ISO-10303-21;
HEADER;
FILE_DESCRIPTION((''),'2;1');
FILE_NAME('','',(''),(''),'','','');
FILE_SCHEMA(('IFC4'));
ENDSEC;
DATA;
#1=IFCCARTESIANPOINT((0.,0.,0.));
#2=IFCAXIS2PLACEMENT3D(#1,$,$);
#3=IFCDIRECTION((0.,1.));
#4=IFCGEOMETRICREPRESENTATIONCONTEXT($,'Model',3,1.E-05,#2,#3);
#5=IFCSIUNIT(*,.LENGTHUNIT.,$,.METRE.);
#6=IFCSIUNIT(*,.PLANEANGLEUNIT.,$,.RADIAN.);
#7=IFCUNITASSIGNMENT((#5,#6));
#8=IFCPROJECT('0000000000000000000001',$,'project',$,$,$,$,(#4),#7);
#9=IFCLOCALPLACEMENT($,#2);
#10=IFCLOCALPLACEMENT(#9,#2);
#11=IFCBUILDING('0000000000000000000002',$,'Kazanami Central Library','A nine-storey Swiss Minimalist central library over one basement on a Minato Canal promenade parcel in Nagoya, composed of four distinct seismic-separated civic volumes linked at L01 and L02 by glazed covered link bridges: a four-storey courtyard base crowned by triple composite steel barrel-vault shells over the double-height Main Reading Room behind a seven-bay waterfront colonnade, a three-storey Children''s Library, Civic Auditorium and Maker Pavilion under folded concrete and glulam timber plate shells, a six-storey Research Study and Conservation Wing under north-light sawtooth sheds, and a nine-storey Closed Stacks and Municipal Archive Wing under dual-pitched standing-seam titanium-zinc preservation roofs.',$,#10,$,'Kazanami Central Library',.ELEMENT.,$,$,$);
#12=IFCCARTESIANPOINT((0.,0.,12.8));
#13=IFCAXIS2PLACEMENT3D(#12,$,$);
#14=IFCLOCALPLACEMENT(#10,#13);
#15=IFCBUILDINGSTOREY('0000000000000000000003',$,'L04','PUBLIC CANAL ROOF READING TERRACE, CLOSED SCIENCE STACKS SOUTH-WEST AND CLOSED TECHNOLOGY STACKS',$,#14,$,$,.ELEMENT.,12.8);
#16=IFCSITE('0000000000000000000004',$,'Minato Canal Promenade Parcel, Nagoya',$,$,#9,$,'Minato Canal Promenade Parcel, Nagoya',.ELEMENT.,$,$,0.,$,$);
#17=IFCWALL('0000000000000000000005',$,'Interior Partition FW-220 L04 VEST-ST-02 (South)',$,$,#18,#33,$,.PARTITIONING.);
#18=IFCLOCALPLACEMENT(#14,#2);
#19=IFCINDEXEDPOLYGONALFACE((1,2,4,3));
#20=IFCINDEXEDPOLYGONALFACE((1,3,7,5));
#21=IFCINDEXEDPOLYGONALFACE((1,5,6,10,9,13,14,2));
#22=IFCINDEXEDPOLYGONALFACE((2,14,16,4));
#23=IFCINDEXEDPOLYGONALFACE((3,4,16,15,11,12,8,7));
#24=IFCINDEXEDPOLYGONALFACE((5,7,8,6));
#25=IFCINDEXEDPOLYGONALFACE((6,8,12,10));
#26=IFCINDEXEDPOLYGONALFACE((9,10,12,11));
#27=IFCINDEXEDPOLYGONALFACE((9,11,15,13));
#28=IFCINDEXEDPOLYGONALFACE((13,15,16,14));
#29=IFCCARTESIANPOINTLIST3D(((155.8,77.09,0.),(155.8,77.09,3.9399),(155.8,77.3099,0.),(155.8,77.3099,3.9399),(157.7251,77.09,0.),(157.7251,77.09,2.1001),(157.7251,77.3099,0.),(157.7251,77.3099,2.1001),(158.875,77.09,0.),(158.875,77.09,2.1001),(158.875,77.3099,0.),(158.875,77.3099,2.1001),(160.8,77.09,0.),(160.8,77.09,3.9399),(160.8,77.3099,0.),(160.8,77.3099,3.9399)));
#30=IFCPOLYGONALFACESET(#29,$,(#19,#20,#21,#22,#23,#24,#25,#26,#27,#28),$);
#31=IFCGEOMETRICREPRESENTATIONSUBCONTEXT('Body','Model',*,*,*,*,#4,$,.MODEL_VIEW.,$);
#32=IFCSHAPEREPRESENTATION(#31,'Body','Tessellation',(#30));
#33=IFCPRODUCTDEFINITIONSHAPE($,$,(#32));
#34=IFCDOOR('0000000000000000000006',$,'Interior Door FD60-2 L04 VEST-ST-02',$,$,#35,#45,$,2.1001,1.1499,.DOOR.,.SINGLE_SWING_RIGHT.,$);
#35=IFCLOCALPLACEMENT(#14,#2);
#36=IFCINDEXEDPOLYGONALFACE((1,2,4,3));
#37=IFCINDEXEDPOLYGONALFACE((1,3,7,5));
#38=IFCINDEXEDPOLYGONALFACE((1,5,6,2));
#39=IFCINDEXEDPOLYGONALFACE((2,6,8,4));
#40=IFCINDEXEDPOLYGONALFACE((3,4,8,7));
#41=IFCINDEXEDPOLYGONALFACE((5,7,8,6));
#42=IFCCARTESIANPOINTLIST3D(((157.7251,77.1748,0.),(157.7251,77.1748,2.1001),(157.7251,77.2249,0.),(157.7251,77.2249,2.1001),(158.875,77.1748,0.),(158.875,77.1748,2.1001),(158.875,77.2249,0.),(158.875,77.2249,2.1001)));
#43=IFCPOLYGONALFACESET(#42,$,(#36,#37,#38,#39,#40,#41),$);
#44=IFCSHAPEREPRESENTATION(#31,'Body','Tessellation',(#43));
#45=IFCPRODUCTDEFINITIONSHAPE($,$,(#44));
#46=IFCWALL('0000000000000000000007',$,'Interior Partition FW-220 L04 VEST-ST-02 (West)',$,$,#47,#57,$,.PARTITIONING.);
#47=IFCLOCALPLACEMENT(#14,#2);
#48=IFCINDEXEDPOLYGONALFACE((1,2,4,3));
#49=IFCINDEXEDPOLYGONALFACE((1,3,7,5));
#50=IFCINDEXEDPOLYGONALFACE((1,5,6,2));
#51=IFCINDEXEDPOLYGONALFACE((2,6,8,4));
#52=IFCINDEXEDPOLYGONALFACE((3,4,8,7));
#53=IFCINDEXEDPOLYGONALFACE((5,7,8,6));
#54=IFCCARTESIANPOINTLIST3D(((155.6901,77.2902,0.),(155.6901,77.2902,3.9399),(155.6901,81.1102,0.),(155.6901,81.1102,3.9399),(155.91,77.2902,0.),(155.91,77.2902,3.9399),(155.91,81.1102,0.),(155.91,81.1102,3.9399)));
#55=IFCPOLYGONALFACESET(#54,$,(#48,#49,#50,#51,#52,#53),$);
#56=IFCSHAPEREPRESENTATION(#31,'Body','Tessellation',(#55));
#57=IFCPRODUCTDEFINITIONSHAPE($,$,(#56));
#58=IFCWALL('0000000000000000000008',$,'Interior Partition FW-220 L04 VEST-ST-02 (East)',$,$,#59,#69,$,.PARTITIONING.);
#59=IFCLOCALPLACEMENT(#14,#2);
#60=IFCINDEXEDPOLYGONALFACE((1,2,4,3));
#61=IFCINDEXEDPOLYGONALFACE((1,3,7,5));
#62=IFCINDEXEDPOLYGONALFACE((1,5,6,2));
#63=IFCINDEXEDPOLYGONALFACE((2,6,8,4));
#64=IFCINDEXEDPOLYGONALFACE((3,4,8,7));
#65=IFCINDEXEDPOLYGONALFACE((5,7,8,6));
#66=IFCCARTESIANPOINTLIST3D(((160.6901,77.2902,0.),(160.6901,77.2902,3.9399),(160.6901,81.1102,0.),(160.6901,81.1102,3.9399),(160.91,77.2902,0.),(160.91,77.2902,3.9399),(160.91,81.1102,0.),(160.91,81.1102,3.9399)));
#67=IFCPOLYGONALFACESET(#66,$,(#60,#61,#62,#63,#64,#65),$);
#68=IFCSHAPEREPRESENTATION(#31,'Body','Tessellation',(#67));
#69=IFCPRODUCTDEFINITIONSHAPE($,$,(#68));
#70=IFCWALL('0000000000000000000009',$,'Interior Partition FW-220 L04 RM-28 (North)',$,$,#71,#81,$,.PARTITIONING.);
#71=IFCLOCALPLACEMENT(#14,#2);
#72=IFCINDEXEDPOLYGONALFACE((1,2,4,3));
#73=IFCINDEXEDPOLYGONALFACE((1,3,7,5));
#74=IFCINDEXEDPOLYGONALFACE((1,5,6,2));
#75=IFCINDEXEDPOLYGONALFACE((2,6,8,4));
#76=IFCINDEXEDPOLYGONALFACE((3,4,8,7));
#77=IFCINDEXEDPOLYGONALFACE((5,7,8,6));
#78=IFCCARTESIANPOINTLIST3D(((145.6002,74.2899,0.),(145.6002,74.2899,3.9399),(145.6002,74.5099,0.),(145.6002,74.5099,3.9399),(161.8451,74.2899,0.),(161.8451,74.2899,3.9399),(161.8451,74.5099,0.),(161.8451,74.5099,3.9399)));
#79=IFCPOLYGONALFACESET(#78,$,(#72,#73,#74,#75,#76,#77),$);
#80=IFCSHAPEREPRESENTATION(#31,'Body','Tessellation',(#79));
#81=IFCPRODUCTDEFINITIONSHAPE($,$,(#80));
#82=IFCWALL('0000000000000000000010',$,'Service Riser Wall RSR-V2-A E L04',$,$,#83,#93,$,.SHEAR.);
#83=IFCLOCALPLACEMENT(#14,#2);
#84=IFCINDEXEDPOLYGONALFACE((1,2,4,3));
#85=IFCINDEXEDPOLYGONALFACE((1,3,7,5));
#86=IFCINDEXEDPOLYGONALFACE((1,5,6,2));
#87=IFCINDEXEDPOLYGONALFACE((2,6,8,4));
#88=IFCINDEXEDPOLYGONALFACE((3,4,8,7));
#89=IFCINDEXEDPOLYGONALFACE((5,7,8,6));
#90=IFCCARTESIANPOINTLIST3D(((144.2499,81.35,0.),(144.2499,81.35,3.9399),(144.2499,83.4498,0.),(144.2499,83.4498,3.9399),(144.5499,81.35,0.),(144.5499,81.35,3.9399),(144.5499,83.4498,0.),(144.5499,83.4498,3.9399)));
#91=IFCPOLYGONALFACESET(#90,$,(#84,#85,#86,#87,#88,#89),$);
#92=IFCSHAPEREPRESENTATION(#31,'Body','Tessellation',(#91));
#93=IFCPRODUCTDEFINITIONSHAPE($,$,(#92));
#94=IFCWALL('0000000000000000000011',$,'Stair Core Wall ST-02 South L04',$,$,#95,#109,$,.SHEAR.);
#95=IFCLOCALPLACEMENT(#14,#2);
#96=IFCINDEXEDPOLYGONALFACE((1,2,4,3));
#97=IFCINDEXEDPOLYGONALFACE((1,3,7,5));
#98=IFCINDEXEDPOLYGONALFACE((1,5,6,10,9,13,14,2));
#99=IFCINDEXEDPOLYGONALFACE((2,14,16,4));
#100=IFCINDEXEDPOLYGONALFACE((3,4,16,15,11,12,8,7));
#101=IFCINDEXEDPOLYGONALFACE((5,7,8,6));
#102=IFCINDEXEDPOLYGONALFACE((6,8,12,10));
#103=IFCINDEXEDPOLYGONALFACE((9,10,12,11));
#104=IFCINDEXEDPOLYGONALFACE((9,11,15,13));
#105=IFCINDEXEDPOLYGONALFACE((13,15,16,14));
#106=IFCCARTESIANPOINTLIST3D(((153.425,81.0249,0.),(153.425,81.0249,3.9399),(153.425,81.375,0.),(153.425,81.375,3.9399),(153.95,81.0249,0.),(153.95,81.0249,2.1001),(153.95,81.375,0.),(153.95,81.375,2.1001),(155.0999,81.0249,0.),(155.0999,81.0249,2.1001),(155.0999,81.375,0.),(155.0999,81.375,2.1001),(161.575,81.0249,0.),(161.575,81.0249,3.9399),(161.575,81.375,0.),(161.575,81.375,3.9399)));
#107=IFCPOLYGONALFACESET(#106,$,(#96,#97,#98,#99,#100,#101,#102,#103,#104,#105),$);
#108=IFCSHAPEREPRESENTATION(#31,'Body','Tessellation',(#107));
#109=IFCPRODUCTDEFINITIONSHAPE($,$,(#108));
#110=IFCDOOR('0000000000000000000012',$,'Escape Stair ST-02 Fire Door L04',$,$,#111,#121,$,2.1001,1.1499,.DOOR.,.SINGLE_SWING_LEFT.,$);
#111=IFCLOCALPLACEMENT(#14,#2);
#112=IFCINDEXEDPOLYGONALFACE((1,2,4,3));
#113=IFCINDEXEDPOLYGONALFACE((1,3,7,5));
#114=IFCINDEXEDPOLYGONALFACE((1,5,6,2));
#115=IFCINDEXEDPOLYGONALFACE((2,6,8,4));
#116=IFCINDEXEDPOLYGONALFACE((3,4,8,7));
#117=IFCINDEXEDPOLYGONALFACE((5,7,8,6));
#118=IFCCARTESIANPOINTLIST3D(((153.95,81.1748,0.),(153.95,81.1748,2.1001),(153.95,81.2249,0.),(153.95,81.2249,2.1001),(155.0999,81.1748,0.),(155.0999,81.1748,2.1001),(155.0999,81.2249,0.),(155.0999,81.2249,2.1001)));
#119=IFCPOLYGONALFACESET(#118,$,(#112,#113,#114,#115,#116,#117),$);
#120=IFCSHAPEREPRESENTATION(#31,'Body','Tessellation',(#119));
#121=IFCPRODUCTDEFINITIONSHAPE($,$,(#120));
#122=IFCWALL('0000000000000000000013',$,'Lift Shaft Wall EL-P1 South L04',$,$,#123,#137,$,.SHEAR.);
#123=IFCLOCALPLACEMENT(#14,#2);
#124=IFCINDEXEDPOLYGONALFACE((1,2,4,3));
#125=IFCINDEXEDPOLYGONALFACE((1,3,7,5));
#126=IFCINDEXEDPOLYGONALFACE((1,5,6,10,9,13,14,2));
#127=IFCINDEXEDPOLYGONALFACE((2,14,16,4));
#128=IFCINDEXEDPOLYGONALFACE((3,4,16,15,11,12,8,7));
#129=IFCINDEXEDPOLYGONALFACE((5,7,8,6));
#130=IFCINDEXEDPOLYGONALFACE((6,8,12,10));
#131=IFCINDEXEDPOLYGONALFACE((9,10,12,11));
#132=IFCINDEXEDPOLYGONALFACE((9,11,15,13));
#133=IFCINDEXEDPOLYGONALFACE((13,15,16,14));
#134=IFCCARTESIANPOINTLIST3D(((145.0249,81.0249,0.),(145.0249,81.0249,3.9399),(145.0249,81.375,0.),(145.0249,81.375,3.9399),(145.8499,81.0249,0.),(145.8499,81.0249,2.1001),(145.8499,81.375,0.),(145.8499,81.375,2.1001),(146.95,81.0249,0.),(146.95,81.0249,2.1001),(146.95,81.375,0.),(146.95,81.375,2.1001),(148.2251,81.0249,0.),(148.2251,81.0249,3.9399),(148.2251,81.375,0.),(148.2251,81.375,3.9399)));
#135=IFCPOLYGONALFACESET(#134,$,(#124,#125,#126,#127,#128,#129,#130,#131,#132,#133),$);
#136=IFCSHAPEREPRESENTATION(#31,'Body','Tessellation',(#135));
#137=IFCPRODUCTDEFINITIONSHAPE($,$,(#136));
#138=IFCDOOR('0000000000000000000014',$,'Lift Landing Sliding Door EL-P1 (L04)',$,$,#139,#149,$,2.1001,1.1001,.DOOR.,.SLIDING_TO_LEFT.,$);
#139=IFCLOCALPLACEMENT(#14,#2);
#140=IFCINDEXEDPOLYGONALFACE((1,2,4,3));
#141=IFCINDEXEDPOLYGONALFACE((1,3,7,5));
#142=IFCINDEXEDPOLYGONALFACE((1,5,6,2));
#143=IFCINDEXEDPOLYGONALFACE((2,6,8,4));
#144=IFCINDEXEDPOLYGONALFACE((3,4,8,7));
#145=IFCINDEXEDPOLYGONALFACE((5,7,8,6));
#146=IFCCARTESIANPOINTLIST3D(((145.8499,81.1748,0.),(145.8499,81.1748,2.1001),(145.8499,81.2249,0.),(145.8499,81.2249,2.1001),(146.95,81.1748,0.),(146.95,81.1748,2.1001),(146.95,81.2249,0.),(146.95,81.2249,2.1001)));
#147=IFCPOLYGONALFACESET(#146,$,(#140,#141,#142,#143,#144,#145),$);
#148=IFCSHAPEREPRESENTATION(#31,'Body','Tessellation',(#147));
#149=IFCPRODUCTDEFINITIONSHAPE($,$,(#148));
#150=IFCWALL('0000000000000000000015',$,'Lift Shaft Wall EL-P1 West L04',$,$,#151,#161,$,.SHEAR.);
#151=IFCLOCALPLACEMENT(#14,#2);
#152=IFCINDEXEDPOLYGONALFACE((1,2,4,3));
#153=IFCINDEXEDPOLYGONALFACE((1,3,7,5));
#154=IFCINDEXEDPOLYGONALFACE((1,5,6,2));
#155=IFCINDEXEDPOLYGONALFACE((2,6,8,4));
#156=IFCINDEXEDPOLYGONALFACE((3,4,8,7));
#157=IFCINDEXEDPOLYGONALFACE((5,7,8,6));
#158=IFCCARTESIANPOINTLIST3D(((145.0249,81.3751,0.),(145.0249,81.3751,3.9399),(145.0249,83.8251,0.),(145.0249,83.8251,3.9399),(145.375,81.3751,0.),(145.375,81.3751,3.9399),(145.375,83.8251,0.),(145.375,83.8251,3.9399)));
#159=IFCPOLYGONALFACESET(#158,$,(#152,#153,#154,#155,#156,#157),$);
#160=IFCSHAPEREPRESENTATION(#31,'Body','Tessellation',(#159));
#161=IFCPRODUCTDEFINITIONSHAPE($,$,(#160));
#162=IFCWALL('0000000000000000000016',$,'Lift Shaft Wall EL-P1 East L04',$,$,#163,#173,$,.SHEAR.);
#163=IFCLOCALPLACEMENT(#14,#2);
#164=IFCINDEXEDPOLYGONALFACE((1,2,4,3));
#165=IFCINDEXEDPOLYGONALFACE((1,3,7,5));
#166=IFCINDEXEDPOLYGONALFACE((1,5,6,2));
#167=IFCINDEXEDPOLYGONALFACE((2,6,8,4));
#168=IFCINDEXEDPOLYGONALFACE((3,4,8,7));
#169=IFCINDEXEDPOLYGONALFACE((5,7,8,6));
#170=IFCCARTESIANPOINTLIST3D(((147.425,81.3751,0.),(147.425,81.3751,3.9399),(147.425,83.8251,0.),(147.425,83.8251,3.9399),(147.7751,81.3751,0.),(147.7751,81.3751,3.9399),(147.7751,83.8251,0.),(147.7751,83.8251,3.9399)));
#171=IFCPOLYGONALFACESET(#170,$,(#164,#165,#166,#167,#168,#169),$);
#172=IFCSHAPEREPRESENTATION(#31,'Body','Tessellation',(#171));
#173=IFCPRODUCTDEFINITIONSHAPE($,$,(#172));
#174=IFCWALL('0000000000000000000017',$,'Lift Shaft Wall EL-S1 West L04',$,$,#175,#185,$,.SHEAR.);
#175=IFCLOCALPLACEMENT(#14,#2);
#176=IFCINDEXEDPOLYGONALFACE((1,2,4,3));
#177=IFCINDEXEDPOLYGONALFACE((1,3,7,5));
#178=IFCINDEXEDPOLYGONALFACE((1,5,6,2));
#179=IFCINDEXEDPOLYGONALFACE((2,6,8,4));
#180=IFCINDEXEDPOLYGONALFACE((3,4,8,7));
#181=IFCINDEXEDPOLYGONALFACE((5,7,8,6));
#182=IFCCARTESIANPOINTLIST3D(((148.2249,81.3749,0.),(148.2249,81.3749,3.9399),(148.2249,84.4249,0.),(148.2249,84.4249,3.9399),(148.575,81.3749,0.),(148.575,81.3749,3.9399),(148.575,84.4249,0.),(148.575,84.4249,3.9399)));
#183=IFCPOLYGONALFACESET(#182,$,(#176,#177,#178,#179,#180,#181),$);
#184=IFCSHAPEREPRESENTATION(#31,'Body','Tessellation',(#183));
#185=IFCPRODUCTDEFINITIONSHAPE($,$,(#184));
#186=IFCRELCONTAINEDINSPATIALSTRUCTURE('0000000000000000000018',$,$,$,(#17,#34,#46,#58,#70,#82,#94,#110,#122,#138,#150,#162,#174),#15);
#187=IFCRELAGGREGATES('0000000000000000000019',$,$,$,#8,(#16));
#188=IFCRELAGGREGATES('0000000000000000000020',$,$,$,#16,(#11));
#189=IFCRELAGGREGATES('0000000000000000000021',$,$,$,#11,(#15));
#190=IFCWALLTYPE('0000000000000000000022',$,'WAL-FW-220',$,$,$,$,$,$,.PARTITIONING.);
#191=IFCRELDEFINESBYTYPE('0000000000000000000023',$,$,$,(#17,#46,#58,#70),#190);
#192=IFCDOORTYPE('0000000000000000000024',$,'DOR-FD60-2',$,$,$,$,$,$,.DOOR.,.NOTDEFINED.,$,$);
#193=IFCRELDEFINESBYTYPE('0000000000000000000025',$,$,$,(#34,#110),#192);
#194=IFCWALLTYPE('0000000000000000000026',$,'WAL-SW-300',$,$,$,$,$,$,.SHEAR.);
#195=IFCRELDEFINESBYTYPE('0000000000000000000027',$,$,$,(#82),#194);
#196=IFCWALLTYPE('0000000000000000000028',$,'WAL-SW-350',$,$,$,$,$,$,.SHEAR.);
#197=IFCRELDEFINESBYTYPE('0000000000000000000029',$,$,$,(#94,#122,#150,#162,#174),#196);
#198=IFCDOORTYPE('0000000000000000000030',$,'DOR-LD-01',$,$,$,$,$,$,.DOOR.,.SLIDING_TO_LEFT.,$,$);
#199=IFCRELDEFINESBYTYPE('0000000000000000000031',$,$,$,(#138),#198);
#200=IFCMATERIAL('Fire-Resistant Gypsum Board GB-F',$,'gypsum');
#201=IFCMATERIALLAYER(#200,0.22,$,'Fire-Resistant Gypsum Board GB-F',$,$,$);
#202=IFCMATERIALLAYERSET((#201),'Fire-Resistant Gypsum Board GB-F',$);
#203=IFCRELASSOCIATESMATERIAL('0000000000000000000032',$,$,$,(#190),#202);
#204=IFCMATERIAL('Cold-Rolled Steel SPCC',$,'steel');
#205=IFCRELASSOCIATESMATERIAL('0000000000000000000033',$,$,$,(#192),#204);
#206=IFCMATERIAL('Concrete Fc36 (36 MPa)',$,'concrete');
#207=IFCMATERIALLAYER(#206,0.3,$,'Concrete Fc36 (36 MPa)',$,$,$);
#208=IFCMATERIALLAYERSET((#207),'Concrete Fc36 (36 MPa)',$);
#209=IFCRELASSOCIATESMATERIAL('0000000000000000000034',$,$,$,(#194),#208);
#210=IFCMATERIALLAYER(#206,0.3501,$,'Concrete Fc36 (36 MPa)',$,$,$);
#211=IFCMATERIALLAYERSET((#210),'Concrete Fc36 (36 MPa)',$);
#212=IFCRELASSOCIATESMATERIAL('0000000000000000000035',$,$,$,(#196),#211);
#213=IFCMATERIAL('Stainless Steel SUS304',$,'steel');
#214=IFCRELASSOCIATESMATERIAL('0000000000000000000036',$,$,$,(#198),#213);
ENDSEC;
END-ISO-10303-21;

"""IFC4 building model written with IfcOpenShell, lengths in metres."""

from ifc_helpers import new_model, si_unit, direction, frame, frame_2d, origin, place, context, subcontext, project, spatial, rectangle, extrude, material, layer, layer_set, type_object, element, fill, save


model = new_model("IFC4")

# Units and contexts
model_context = context("Model", 3, precision=1e-05, world=origin(), true_north=direction((0.0, 1.0)))
body_context = subcontext(model_context, "Body", "Model", "MODEL_VIEW")
ifc_project = project(units=[si_unit("LENGTHUNIT", "METRE"), si_unit("PLANEANGLEUNIT", "RADIAN")], contexts=[model_context])

# Site, building, storey
site_placement = place(None, origin())
site = spatial("IfcSite", under=ifc_project, at=site_placement, Name="Minato Canal Promenade Parcel, Nagoya", LongName="Minato Canal Promenade Parcel, Nagoya", CompositionType="ELEMENT", RefElevation=0.0)
building_placement = place(site_placement, origin())
building = spatial("IfcBuilding", under=site, at=building_placement, Name="Kazanami Central Library", Description="A nine-storey Swiss Minimalist central library over one basement on a Minato Canal promenade parcel in Nagoya, composed of four distinct seismic-separated civic volumes linked at L01 and L02 by glazed covered link bridges: a four-storey courtyard base crowned by triple composite steel barrel-vault shells over the double-height Main Reading Room behind a seven-bay waterfront colonnade, a three-storey Children's Library, Civic Auditorium and Maker Pavilion under folded concrete and glulam timber plate shells, a six-storey Research Study and Conservation Wing under north-light sawtooth sheds, and a nine-storey Closed Stacks and Municipal Archive Wing under dual-pitched standing-seam titanium-zinc preservation roofs.", LongName="Kazanami Central Library", CompositionType="ELEMENT")
storey_placement = place(building_placement, frame((0.0, 0.0, 12.8)))
storey = spatial("IfcBuildingStorey", under=building, at=storey_placement, Name="L04", Description="PUBLIC CANAL ROOF READING TERRACE, CLOSED SCIENCE STACKS SOUTH-WEST AND CLOSED TECHNOLOGY STACKS", CompositionType="ELEMENT", Elevation=12.8)

# Shared definitions
ifc_material_1 = material(Name="Concrete Fc36 (36 MPa)", Category="concrete")

# Shared definitions
ifc_material_2 = material(Name="Fire-Resistant Gypsum Board GB-F", Category="gypsum")
ifc_material_3 = material(Name="Cold-Rolled Steel SPCC", Category="steel")

# Wall, opening, door
ifc_layer_1 = layer(ifc_material_2, 0.22, Name="Fire-Resistant Gypsum Board GB-F")
ifc_layer_set_1 = layer_set([ifc_layer_1], Name="Fire-Resistant Gypsum Board GB-F")
wall_type_1 = type_object("IfcWallType", Name="WAL-FW-220", PredefinedType="PARTITIONING", material=ifc_layer_set_1)
wall_1_placement = place(storey_placement, frame((155.8, 77.2, 0.0), z_axis=(0.0, 0.0, 1.0), x_axis=(1.0, 0.0, 0.0)))
wall_1 = element("IfcWall", 1, at=wall_1_placement, inside=storey, type_object=wall_type_1, Name="Interior Partition FW-220 L04 VEST-ST-02 (South)", PredefinedType="PARTITIONING", context=body_context, shape_type="SweptSolid", body=[
    extrude(rectangle(XDim=5.0, YDim=0.22, at=frame_2d((2.5, 0.0))), origin(), (0.0, 0.0, 1.0), 3.9399),
])
opening_1_placement = place(wall_1_placement, frame((1.925, 0.0, 0.0)))
opening_1 = element("IfcOpeningElement", 2, at=opening_1_placement, cuts=wall_1, PredefinedType="OPENING", context=body_context, shape_type="SweptSolid", body=[
    extrude(rectangle(XDim=1.1499, YDim=2.1001, at=frame_2d((0.575, 1.05))), frame((0.0, 0.1221, 0.0), z_axis=(0.0, -1.0, 0.0), x_axis=(1.0, 0.0, 0.0)), (0.0, 0.0, 1.0), 0.2439),
])
door_type_1 = type_object("IfcDoorType", Name="DOR-FD60-2", OperationType="NOTDEFINED", PredefinedType="DOOR", material=ifc_material_3)
door_1_placement = place(opening_1_placement, origin())
door_1 = element("IfcDoor", 3, at=door_1_placement, inside=storey, type_object=door_type_1, Name="Interior Door FD60-2 L04 VEST-ST-02", OperationType="SINGLE_SWING_RIGHT", OverallHeight=2.1001, OverallWidth=1.1499, PredefinedType="DOOR", context=body_context, shape_type="SweptSolid", body=[
    extrude(rectangle(XDim=1.1499, YDim=2.1001, at=frame_2d((0.575, 1.05))), frame((0.0, 0.0249, 0.0), z_axis=(0.0, -1.0, 0.0), x_axis=(1.0, 0.0, 0.0)), (0.0, 0.0, 1.0), 0.05),
])
fill(opening_1, door_1)

# Walls
for number, where, z_axis, x_axis, name in (
    (4, (155.8, 77.29, 0.0), (0.0, 0.0, 1.0), (0.0, 1.0, 0.0), "Interior Partition FW-220 L04 VEST-ST-02 (West)"),
    (5, (160.8, 77.29, 0.0), (0.0, 0.0, 1.0), (0.0, 1.0, 0.0), "Interior Partition FW-220 L04 VEST-ST-02 (East)"),
):
    element("IfcWall", number, at=place(storey_placement, frame(where, z_axis=z_axis, x_axis=x_axis)), inside=storey, type_object=wall_type_1, Name=name, PredefinedType="PARTITIONING", context=body_context, shape_type="SweptSolid", body=[
        extrude(rectangle(XDim=3.8201, YDim=0.22, at=frame_2d((1.9102, 0.0))), origin(), (0.0, 0.0, 1.0), 3.9399),
    ])
wall_2_placement = place(storey_placement, frame((145.6001, 74.3999, 0.0), z_axis=(0.0, 0.0, 1.0), x_axis=(1.0, 0.0, 0.0)))
element("IfcWall", 6, at=wall_2_placement, inside=storey, type_object=wall_type_1, Name="Interior Partition FW-220 L04 RM-28 (North)", PredefinedType="PARTITIONING", context=body_context, shape_type="SweptSolid", body=[
    extrude(rectangle(XDim=16.2449, YDim=0.22, at=frame_2d((8.1226, 0.0))), origin(), (0.0, 0.0, 1.0), 3.9399),
])
ifc_layer_2 = layer(ifc_material_1, 0.3, Name="Concrete Fc36 (36 MPa)")
ifc_layer_set_2 = layer_set([ifc_layer_2], Name="Concrete Fc36 (36 MPa)")
wall_type_2 = type_object("IfcWallType", Name="WAL-SW-300", PredefinedType="SHEAR", material=ifc_layer_set_2)
wall_3_placement = place(storey_placement, frame((144.3999, 81.3501, 0.0), z_axis=(0.0, 0.0, 1.0), x_axis=(0.0, 1.0, 0.0)))
element("IfcWall", 7, at=wall_3_placement, inside=storey, type_object=wall_type_2, Name="Service Riser Wall RSR-V2-A E L04", PredefinedType="SHEAR", context=body_context, shape_type="SweptSolid", body=[
    extrude(rectangle(XDim=2.0999, YDim=0.3, at=frame_2d((1.0498, 0.0))), origin(), (0.0, 0.0, 1.0), 3.9399),
])

# Walls, openings, doors
ifc_layer_3 = layer(ifc_material_1, 0.3501, Name="Concrete Fc36 (36 MPa)")
ifc_layer_set_3 = layer_set([ifc_layer_3], Name="Concrete Fc36 (36 MPa)")
wall_type_3 = type_object("IfcWallType", Name="WAL-SW-350", PredefinedType="SHEAR", material=ifc_layer_set_3)
wall_4_placement = place(storey_placement, frame((153.425, 81.2, 0.0), z_axis=(0.0, 0.0, 1.0), x_axis=(1.0, 0.0, 0.0)))
wall_4 = element("IfcWall", 8, at=wall_4_placement, inside=storey, type_object=wall_type_3, Name="Stair Core Wall ST-02 South L04", PredefinedType="SHEAR", context=body_context, shape_type="SweptSolid", body=[
    extrude(rectangle(XDim=8.1499, YDim=0.3501, at=frame_2d((4.075, 0.0))), origin(), (0.0, 0.0, 1.0), 3.9399),
])
opening_2_placement = place(wall_4_placement, frame((0.5249, 0.0, 0.0)))
opening_2 = element("IfcOpeningElement", 9, at=opening_2_placement, cuts=wall_4, PredefinedType="OPENING", context=body_context, shape_type="SweptSolid", body=[
    extrude(rectangle(XDim=1.1499, YDim=2.1001, at=frame_2d((0.575, 1.05))), frame((0.0, 0.187, 0.0), z_axis=(0.0, -1.0, 0.0), x_axis=(1.0, 0.0, 0.0)), (0.0, 0.0, 1.0), 0.374),
])
door_2_placement = place(opening_2_placement, origin())
door_2 = element("IfcDoor", 10, at=door_2_placement, inside=storey, type_object=door_type_1, Name="Escape Stair ST-02 Fire Door L04", OperationType="SINGLE_SWING_LEFT", OverallHeight=2.1001, OverallWidth=1.1499, PredefinedType="DOOR", context=body_context, shape_type="SweptSolid", body=[
    extrude(rectangle(XDim=1.1499, YDim=2.1001, at=frame_2d((0.575, 1.05))), frame((0.0, 0.0249, 0.0), z_axis=(0.0, -1.0, 0.0), x_axis=(1.0, 0.0, 0.0)), (0.0, 0.0, 1.0), 0.05),
])
fill(opening_2, door_2)
wall_5_placement = place(storey_placement, frame((145.0249, 81.2, 0.0), z_axis=(0.0, 0.0, 1.0), x_axis=(1.0, 0.0, 0.0)))
wall_5 = element("IfcWall", 11, at=wall_5_placement, inside=storey, type_object=wall_type_3, Name="Lift Shaft Wall EL-P1 South L04", PredefinedType="SHEAR", context=body_context, shape_type="SweptSolid", body=[
    extrude(rectangle(XDim=3.2002, YDim=0.3501, at=frame_2d((1.6001, 0.0))), origin(), (0.0, 0.0, 1.0), 3.9399),
])
opening_3_placement = place(wall_5_placement, frame((0.825, 0.0, 0.0)))
opening_3 = element("IfcOpeningElement", 12, at=opening_3_placement, cuts=wall_5, PredefinedType="OPENING", context=body_context, shape_type="SweptSolid", body=[
    extrude(rectangle(XDim=1.1001, YDim=2.1001, at=frame_2d((0.55, 1.05))), frame((0.0, 0.187, 0.0), z_axis=(0.0, -1.0, 0.0), x_axis=(1.0, 0.0, 0.0)), (0.0, 0.0, 1.0), 0.374),
])
ifc_material_4 = material(Name="Stainless Steel SUS304", Category="steel")
door_type_2 = type_object("IfcDoorType", Name="DOR-LD-01", OperationType="SLIDING_TO_LEFT", PredefinedType="DOOR", material=ifc_material_4)
door_3_placement = place(opening_3_placement, origin())
door_3 = element("IfcDoor", 13, at=door_3_placement, inside=storey, type_object=door_type_2, Name="Lift Landing Sliding Door EL-P1 (L04)", OperationType="SLIDING_TO_LEFT", OverallHeight=2.1001, OverallWidth=1.1001, PredefinedType="DOOR", context=body_context, shape_type="SweptSolid", body=[
    extrude(rectangle(XDim=1.1001, YDim=2.1001, at=frame_2d((0.55, 1.05))), frame((0.0, 0.0249, 0.0), z_axis=(0.0, -1.0, 0.0), x_axis=(1.0, 0.0, 0.0)), (0.0, 0.0, 1.0), 0.05),
])
fill(opening_3, door_3)

# Walls
for number, where, z_axis, x_axis, name in (
    (14, (145.2, 81.375, 0.0), (0.0, 0.0, 1.0), (0.0, 1.0, 0.0), "Lift Shaft Wall EL-P1 West L04"),
    (15, (147.6001, 81.375, 0.0), (0.0, 0.0, 1.0), (0.0, 1.0, 0.0), "Lift Shaft Wall EL-P1 East L04"),
):
    element("IfcWall", number, at=place(storey_placement, frame(where, z_axis=z_axis, x_axis=x_axis)), inside=storey, type_object=wall_type_3, Name=name, PredefinedType="SHEAR", context=body_context, shape_type="SweptSolid", body=[
        extrude(rectangle(XDim=2.45, YDim=0.3501, at=frame_2d((1.2251, 0.0))), origin(), (0.0, 0.0, 1.0), 3.9399),
    ])

# Wall
wall_6_placement = place(storey_placement, frame((148.3999, 81.375, 0.0), z_axis=(0.0, 0.0, 1.0), x_axis=(0.0, 1.0, 0.0)))
element("IfcWall", 16, at=wall_6_placement, inside=storey, type_object=wall_type_3, Name="Lift Shaft Wall EL-S1 West L04", PredefinedType="SHEAR", context=body_context, shape_type="SweptSolid", body=[
    extrude(rectangle(XDim=3.05, YDim=0.3501, at=frame_2d((1.5249, 0.0))), origin(), (0.0, 0.0, 1.0), 3.9399),
])

save(model, "model.ifc")
